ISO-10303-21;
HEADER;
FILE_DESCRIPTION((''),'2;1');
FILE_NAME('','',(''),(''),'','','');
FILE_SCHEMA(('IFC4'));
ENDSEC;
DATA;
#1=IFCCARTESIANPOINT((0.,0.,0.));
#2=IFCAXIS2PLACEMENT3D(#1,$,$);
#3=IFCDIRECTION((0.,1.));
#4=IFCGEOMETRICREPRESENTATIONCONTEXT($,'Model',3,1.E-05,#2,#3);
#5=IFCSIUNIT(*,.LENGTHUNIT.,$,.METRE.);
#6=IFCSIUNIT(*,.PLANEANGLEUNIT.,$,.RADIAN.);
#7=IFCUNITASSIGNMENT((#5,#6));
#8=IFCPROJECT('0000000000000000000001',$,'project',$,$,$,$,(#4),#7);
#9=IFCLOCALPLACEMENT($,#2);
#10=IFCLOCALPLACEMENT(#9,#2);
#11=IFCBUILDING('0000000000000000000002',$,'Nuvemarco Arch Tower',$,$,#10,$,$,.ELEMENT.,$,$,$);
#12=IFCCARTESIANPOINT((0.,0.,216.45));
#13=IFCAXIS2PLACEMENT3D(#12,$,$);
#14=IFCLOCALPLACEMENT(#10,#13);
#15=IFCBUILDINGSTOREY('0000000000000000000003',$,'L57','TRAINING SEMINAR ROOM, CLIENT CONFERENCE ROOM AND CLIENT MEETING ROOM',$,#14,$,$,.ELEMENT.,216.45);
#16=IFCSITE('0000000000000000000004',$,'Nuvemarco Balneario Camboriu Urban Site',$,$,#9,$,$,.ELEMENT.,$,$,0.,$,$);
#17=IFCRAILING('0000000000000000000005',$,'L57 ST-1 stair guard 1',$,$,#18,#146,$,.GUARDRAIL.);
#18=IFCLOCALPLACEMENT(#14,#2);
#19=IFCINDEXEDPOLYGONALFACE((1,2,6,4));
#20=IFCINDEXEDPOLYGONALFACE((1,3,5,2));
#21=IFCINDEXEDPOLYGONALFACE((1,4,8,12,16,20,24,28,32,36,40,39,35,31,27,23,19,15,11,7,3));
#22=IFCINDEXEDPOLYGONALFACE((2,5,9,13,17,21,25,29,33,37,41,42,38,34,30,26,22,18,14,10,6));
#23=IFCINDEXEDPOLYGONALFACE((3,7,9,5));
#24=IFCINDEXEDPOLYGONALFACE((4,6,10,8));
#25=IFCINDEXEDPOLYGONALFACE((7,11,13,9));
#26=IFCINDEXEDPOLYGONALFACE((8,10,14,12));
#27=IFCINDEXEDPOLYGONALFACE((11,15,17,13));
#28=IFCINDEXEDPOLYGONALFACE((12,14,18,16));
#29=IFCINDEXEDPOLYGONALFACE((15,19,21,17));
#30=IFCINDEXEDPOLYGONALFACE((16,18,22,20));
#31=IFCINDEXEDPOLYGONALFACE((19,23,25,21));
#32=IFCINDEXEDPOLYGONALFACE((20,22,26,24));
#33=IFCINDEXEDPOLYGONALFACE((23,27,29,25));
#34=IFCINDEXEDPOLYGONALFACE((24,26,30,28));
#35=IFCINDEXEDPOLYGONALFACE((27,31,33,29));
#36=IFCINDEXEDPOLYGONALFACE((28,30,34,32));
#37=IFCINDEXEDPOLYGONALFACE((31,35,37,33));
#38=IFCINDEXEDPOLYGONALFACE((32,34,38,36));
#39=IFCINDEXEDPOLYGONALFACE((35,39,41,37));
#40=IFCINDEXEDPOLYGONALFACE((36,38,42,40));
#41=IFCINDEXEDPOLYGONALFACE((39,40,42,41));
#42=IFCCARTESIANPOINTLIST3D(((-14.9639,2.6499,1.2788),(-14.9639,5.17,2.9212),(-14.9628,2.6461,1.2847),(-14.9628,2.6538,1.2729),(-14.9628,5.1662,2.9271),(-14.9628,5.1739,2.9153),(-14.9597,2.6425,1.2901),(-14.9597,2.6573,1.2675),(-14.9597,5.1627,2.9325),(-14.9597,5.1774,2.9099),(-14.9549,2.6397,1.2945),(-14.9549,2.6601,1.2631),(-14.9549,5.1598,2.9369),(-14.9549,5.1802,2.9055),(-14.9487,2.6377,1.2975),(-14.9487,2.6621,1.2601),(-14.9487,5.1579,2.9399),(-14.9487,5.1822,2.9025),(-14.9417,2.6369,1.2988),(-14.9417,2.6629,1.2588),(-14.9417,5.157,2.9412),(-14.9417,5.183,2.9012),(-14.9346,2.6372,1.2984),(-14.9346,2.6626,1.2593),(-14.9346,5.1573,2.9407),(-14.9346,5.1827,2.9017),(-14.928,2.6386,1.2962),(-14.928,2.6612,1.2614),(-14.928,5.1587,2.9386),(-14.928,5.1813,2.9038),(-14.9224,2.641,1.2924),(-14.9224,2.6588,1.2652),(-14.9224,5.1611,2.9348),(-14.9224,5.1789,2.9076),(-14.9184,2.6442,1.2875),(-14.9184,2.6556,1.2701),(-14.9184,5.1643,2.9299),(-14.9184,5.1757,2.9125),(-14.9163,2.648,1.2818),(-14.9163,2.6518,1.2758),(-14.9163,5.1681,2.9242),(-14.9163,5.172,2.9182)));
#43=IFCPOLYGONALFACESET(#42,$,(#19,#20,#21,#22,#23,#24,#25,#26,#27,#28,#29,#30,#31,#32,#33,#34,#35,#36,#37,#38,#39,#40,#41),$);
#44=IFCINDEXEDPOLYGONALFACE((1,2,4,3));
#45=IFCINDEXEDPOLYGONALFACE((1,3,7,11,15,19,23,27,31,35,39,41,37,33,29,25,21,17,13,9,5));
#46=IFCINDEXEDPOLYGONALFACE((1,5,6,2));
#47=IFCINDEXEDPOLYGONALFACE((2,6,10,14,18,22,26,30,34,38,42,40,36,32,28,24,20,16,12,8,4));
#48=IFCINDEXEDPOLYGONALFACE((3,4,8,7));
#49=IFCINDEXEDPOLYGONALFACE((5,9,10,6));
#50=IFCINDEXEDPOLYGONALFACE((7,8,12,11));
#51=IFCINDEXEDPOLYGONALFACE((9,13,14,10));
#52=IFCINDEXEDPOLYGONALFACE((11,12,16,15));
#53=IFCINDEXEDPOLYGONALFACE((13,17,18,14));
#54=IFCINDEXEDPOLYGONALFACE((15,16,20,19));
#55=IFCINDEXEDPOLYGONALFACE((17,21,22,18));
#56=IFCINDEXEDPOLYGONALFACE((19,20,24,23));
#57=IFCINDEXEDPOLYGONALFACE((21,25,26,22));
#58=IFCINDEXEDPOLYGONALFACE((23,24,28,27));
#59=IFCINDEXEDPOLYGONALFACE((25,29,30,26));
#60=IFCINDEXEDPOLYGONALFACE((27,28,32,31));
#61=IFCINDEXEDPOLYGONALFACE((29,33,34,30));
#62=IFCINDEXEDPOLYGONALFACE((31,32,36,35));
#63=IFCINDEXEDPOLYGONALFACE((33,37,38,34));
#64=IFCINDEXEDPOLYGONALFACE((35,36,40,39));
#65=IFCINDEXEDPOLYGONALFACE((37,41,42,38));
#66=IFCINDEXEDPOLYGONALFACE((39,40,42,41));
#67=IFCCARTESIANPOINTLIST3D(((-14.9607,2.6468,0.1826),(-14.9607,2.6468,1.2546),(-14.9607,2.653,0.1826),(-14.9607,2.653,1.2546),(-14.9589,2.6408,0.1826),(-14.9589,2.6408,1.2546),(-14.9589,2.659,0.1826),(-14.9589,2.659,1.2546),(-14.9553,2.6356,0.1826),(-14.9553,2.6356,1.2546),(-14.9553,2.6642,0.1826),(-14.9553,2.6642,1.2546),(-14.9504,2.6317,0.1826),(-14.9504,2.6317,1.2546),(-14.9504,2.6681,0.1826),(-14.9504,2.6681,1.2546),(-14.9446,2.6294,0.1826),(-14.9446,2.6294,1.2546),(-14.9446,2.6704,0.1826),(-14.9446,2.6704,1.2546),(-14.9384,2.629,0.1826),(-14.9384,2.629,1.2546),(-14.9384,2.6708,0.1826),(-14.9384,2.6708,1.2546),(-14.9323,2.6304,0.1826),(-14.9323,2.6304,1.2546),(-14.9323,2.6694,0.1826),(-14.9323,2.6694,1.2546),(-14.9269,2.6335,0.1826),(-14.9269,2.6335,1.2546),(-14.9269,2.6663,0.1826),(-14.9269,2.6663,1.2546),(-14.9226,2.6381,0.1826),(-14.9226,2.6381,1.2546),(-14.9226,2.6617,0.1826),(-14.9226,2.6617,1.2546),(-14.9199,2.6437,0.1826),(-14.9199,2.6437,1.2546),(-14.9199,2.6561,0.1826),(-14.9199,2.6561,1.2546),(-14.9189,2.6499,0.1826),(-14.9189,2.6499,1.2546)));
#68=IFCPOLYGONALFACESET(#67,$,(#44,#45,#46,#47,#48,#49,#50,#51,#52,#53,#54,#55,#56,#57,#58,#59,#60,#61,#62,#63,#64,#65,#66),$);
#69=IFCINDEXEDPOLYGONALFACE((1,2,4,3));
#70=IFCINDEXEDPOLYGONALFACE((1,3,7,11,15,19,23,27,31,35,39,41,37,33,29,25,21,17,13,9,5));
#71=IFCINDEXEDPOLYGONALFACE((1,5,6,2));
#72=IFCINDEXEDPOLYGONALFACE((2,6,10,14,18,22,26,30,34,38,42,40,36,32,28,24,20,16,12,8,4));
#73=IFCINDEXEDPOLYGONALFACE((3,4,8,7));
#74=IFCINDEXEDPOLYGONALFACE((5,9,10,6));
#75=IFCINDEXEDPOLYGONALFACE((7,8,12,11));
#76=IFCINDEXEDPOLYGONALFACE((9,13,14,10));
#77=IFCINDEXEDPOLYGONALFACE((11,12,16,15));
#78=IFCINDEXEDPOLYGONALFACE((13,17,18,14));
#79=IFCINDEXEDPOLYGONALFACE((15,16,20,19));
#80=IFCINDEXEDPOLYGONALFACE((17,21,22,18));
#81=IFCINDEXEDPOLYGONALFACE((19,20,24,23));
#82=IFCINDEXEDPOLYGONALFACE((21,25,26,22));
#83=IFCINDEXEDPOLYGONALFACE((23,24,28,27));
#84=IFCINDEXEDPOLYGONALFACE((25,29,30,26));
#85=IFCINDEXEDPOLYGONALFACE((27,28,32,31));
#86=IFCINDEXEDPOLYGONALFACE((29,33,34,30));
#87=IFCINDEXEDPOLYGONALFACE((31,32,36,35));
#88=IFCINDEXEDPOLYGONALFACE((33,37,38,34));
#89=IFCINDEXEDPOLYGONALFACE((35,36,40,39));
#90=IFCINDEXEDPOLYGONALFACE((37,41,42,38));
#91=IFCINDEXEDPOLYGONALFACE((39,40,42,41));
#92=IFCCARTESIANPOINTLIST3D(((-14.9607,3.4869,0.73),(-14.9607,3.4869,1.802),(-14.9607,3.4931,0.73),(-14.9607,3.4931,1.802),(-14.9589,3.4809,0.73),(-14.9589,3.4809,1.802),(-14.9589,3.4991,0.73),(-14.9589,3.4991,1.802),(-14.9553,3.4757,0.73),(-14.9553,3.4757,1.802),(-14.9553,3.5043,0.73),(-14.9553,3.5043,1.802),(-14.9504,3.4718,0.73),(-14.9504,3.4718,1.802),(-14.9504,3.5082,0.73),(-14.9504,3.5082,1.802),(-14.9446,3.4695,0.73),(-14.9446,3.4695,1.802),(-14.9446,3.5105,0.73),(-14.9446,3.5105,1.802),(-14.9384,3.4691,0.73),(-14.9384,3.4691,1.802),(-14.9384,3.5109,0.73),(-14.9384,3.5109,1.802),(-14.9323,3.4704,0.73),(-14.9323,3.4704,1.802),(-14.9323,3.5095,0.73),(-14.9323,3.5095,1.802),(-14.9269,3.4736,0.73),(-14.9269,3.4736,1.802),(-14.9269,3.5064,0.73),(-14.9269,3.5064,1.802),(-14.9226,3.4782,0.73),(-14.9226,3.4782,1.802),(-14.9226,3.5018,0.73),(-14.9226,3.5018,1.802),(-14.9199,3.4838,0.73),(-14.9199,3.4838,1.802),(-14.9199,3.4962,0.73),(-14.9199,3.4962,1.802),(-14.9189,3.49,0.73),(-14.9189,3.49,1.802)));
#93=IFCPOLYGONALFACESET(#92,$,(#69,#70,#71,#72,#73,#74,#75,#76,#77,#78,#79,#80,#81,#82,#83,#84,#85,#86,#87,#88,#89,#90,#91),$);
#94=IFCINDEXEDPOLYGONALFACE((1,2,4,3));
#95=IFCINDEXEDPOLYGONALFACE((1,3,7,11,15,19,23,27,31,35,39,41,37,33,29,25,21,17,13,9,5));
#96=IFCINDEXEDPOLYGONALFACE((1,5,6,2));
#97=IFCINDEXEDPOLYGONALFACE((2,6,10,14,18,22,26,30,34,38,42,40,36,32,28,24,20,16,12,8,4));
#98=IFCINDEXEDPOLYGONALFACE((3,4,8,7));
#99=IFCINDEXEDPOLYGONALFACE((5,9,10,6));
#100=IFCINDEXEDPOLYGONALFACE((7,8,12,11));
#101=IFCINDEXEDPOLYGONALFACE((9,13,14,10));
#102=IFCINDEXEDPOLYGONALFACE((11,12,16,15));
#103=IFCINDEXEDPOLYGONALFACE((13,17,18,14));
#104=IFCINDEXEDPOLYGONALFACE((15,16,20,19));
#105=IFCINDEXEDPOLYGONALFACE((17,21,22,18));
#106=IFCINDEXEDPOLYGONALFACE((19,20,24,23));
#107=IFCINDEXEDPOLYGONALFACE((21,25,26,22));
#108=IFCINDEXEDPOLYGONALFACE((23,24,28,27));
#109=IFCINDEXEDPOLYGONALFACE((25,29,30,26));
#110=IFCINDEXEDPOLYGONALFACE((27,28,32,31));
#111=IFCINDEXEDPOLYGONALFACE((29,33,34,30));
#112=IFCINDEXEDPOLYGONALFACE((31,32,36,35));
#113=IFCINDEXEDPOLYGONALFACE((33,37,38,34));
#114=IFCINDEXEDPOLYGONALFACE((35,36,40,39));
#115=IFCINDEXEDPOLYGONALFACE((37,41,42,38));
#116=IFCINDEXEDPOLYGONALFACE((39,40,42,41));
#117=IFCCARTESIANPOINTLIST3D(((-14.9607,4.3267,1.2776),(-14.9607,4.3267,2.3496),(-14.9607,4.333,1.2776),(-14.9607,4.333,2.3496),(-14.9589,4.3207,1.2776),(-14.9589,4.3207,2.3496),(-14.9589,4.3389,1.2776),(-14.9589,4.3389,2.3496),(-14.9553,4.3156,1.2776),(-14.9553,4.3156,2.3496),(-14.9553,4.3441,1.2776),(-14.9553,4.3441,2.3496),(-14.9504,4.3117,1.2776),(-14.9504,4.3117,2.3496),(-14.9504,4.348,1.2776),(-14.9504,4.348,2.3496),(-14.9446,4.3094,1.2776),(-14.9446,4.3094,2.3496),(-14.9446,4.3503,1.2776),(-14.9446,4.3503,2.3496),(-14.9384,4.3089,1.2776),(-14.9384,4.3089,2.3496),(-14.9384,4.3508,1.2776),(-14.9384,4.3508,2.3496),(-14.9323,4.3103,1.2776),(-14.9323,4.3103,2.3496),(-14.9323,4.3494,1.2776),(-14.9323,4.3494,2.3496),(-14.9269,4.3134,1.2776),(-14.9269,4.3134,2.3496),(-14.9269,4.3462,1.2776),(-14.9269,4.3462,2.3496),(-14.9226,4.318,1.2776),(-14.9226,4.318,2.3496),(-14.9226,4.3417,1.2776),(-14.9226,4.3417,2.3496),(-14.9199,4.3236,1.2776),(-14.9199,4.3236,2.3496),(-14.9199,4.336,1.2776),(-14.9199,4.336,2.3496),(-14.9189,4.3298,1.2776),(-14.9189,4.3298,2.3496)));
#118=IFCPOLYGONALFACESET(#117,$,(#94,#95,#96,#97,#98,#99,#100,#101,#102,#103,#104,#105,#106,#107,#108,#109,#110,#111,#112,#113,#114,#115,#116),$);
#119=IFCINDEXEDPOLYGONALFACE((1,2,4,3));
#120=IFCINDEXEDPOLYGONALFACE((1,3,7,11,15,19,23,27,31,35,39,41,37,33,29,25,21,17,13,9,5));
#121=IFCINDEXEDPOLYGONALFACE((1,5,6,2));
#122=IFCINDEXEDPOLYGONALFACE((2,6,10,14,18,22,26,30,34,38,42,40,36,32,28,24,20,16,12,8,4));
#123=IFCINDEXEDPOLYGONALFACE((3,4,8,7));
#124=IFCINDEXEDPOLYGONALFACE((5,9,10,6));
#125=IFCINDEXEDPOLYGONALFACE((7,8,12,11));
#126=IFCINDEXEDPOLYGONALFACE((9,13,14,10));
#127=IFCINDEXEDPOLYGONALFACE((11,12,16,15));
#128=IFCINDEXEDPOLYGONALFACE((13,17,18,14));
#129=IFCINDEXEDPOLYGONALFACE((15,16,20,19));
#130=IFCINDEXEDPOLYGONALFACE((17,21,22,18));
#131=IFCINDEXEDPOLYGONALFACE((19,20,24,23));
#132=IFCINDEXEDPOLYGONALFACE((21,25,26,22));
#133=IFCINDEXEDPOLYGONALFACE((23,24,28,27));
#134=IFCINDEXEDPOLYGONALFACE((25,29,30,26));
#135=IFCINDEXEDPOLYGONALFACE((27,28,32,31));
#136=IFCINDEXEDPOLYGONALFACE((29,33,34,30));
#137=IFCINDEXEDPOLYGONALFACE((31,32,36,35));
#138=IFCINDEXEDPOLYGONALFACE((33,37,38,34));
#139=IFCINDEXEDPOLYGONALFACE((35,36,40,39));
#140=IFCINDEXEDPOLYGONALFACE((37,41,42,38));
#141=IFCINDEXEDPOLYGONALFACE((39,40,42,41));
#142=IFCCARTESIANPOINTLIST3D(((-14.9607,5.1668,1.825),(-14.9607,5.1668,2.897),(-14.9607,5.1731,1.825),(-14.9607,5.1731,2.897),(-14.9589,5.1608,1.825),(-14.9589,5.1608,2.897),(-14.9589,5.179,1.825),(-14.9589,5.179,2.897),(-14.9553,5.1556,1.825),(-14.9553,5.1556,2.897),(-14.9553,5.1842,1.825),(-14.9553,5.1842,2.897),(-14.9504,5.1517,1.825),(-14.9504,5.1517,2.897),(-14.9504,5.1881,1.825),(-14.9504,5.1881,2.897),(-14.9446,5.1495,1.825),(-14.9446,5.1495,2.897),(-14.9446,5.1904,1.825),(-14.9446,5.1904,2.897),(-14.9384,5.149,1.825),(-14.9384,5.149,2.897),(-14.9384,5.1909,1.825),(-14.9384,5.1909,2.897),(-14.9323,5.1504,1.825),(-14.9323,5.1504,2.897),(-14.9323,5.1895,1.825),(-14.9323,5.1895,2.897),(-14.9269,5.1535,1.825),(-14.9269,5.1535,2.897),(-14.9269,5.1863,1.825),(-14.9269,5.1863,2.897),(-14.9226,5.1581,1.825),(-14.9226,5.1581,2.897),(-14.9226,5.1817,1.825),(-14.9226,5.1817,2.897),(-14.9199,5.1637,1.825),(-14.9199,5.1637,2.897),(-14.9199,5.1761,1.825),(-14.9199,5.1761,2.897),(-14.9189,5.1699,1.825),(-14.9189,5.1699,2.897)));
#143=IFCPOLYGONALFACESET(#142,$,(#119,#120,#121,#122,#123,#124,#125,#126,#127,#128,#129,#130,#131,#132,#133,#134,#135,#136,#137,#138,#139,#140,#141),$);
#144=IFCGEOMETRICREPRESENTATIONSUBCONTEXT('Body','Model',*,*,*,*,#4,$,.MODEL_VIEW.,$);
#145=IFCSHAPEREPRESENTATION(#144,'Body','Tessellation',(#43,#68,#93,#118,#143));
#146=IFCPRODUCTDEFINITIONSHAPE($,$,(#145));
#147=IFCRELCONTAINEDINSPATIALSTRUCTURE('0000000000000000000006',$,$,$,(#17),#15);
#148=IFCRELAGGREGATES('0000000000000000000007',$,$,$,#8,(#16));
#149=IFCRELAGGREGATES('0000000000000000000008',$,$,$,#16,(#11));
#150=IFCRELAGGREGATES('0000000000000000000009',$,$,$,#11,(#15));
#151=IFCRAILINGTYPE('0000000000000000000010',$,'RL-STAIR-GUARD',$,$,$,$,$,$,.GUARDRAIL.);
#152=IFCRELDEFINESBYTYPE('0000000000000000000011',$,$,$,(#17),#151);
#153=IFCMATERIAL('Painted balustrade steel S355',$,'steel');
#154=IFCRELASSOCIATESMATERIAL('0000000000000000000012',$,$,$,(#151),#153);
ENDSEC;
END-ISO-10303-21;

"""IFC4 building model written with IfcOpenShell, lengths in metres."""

from ifc_helpers import new_model, si_unit, direction, frame, origin, origin_2d, place, context, subcontext, project, spatial, circle, extrude, material, type_object, element, save


model = new_model("IFC4")

# Units and contexts
model_context = context("Model", 3, precision=1e-05, world=origin(), true_north=direction((0.0, 1.0)))
body_context = subcontext(model_context, "Body", "Model", "MODEL_VIEW")
ifc_project = project(units=[si_unit("LENGTHUNIT", "METRE"), si_unit("PLANEANGLEUNIT", "RADIAN")], contexts=[model_context])

# Site, building, storey
site_placement = place(None, origin())
site = spatial("IfcSite", under=ifc_project, at=site_placement, Name="Nuvemarco Balneario Camboriu Urban Site", CompositionType="ELEMENT", RefElevation=0.0)
building_placement = place(site_placement, origin())
building = spatial("IfcBuilding", under=site, at=building_placement, Name="Nuvemarco Arch Tower", CompositionType="ELEMENT")
storey_placement = place(building_placement, frame((0.0, 0.0, 216.45)))
storey = spatial("IfcBuildingStorey", under=building, at=storey_placement, Name="L57", Description="TRAINING SEMINAR ROOM, CLIENT CONFERENCE ROOM AND CLIENT MEETING ROOM", CompositionType="ELEMENT", Elevation=216.45)

# Railing
ifc_material_1 = material(Name="Painted balustrade steel S355", Category="steel")
railing_type_1 = type_object("IfcRailingType", Name="RL-STAIR-GUARD", PredefinedType="GUARDRAIL", material=ifc_material_1)
railing_1_placement = place(storey_placement, frame((-14.9399, 2.6499, 0.1826)))
element("IfcRailing", 1, at=railing_1_placement, inside=storey, type_object=railing_type_1, Name="L57 ST-1 stair guard 1", PredefinedType="GUARDRAIL", context=body_context, shape_type="SweptSolid", body=[
    extrude(circle(Radius=0.0239, at=origin_2d()), frame((0.0, 0.0, 1.0962), z_axis=(0.0, 0.837787, 0.545998), x_axis=(-1.0, 0.0, 0.0)), (0.0, 0.0, 1.0), 3.0081),
    extrude(circle(Radius=0.021, at=origin_2d()), origin(), (0.0, 0.0, 1.0), 1.072),
    extrude(circle(Radius=0.021, at=origin_2d()), frame((0.0, 0.8401, 0.5474)), (0.0, 0.0, 1.0), 1.072),
    extrude(circle(Radius=0.021, at=origin_2d()), frame((0.0, 1.6799, 1.095)), (0.0, 0.0, 1.0), 1.072),
    extrude(circle(Radius=0.021, at=origin_2d()), frame((0.0, 2.52, 1.6423)), (0.0, 0.0, 1.0), 1.072),
])

save(model, "model.ifc")
